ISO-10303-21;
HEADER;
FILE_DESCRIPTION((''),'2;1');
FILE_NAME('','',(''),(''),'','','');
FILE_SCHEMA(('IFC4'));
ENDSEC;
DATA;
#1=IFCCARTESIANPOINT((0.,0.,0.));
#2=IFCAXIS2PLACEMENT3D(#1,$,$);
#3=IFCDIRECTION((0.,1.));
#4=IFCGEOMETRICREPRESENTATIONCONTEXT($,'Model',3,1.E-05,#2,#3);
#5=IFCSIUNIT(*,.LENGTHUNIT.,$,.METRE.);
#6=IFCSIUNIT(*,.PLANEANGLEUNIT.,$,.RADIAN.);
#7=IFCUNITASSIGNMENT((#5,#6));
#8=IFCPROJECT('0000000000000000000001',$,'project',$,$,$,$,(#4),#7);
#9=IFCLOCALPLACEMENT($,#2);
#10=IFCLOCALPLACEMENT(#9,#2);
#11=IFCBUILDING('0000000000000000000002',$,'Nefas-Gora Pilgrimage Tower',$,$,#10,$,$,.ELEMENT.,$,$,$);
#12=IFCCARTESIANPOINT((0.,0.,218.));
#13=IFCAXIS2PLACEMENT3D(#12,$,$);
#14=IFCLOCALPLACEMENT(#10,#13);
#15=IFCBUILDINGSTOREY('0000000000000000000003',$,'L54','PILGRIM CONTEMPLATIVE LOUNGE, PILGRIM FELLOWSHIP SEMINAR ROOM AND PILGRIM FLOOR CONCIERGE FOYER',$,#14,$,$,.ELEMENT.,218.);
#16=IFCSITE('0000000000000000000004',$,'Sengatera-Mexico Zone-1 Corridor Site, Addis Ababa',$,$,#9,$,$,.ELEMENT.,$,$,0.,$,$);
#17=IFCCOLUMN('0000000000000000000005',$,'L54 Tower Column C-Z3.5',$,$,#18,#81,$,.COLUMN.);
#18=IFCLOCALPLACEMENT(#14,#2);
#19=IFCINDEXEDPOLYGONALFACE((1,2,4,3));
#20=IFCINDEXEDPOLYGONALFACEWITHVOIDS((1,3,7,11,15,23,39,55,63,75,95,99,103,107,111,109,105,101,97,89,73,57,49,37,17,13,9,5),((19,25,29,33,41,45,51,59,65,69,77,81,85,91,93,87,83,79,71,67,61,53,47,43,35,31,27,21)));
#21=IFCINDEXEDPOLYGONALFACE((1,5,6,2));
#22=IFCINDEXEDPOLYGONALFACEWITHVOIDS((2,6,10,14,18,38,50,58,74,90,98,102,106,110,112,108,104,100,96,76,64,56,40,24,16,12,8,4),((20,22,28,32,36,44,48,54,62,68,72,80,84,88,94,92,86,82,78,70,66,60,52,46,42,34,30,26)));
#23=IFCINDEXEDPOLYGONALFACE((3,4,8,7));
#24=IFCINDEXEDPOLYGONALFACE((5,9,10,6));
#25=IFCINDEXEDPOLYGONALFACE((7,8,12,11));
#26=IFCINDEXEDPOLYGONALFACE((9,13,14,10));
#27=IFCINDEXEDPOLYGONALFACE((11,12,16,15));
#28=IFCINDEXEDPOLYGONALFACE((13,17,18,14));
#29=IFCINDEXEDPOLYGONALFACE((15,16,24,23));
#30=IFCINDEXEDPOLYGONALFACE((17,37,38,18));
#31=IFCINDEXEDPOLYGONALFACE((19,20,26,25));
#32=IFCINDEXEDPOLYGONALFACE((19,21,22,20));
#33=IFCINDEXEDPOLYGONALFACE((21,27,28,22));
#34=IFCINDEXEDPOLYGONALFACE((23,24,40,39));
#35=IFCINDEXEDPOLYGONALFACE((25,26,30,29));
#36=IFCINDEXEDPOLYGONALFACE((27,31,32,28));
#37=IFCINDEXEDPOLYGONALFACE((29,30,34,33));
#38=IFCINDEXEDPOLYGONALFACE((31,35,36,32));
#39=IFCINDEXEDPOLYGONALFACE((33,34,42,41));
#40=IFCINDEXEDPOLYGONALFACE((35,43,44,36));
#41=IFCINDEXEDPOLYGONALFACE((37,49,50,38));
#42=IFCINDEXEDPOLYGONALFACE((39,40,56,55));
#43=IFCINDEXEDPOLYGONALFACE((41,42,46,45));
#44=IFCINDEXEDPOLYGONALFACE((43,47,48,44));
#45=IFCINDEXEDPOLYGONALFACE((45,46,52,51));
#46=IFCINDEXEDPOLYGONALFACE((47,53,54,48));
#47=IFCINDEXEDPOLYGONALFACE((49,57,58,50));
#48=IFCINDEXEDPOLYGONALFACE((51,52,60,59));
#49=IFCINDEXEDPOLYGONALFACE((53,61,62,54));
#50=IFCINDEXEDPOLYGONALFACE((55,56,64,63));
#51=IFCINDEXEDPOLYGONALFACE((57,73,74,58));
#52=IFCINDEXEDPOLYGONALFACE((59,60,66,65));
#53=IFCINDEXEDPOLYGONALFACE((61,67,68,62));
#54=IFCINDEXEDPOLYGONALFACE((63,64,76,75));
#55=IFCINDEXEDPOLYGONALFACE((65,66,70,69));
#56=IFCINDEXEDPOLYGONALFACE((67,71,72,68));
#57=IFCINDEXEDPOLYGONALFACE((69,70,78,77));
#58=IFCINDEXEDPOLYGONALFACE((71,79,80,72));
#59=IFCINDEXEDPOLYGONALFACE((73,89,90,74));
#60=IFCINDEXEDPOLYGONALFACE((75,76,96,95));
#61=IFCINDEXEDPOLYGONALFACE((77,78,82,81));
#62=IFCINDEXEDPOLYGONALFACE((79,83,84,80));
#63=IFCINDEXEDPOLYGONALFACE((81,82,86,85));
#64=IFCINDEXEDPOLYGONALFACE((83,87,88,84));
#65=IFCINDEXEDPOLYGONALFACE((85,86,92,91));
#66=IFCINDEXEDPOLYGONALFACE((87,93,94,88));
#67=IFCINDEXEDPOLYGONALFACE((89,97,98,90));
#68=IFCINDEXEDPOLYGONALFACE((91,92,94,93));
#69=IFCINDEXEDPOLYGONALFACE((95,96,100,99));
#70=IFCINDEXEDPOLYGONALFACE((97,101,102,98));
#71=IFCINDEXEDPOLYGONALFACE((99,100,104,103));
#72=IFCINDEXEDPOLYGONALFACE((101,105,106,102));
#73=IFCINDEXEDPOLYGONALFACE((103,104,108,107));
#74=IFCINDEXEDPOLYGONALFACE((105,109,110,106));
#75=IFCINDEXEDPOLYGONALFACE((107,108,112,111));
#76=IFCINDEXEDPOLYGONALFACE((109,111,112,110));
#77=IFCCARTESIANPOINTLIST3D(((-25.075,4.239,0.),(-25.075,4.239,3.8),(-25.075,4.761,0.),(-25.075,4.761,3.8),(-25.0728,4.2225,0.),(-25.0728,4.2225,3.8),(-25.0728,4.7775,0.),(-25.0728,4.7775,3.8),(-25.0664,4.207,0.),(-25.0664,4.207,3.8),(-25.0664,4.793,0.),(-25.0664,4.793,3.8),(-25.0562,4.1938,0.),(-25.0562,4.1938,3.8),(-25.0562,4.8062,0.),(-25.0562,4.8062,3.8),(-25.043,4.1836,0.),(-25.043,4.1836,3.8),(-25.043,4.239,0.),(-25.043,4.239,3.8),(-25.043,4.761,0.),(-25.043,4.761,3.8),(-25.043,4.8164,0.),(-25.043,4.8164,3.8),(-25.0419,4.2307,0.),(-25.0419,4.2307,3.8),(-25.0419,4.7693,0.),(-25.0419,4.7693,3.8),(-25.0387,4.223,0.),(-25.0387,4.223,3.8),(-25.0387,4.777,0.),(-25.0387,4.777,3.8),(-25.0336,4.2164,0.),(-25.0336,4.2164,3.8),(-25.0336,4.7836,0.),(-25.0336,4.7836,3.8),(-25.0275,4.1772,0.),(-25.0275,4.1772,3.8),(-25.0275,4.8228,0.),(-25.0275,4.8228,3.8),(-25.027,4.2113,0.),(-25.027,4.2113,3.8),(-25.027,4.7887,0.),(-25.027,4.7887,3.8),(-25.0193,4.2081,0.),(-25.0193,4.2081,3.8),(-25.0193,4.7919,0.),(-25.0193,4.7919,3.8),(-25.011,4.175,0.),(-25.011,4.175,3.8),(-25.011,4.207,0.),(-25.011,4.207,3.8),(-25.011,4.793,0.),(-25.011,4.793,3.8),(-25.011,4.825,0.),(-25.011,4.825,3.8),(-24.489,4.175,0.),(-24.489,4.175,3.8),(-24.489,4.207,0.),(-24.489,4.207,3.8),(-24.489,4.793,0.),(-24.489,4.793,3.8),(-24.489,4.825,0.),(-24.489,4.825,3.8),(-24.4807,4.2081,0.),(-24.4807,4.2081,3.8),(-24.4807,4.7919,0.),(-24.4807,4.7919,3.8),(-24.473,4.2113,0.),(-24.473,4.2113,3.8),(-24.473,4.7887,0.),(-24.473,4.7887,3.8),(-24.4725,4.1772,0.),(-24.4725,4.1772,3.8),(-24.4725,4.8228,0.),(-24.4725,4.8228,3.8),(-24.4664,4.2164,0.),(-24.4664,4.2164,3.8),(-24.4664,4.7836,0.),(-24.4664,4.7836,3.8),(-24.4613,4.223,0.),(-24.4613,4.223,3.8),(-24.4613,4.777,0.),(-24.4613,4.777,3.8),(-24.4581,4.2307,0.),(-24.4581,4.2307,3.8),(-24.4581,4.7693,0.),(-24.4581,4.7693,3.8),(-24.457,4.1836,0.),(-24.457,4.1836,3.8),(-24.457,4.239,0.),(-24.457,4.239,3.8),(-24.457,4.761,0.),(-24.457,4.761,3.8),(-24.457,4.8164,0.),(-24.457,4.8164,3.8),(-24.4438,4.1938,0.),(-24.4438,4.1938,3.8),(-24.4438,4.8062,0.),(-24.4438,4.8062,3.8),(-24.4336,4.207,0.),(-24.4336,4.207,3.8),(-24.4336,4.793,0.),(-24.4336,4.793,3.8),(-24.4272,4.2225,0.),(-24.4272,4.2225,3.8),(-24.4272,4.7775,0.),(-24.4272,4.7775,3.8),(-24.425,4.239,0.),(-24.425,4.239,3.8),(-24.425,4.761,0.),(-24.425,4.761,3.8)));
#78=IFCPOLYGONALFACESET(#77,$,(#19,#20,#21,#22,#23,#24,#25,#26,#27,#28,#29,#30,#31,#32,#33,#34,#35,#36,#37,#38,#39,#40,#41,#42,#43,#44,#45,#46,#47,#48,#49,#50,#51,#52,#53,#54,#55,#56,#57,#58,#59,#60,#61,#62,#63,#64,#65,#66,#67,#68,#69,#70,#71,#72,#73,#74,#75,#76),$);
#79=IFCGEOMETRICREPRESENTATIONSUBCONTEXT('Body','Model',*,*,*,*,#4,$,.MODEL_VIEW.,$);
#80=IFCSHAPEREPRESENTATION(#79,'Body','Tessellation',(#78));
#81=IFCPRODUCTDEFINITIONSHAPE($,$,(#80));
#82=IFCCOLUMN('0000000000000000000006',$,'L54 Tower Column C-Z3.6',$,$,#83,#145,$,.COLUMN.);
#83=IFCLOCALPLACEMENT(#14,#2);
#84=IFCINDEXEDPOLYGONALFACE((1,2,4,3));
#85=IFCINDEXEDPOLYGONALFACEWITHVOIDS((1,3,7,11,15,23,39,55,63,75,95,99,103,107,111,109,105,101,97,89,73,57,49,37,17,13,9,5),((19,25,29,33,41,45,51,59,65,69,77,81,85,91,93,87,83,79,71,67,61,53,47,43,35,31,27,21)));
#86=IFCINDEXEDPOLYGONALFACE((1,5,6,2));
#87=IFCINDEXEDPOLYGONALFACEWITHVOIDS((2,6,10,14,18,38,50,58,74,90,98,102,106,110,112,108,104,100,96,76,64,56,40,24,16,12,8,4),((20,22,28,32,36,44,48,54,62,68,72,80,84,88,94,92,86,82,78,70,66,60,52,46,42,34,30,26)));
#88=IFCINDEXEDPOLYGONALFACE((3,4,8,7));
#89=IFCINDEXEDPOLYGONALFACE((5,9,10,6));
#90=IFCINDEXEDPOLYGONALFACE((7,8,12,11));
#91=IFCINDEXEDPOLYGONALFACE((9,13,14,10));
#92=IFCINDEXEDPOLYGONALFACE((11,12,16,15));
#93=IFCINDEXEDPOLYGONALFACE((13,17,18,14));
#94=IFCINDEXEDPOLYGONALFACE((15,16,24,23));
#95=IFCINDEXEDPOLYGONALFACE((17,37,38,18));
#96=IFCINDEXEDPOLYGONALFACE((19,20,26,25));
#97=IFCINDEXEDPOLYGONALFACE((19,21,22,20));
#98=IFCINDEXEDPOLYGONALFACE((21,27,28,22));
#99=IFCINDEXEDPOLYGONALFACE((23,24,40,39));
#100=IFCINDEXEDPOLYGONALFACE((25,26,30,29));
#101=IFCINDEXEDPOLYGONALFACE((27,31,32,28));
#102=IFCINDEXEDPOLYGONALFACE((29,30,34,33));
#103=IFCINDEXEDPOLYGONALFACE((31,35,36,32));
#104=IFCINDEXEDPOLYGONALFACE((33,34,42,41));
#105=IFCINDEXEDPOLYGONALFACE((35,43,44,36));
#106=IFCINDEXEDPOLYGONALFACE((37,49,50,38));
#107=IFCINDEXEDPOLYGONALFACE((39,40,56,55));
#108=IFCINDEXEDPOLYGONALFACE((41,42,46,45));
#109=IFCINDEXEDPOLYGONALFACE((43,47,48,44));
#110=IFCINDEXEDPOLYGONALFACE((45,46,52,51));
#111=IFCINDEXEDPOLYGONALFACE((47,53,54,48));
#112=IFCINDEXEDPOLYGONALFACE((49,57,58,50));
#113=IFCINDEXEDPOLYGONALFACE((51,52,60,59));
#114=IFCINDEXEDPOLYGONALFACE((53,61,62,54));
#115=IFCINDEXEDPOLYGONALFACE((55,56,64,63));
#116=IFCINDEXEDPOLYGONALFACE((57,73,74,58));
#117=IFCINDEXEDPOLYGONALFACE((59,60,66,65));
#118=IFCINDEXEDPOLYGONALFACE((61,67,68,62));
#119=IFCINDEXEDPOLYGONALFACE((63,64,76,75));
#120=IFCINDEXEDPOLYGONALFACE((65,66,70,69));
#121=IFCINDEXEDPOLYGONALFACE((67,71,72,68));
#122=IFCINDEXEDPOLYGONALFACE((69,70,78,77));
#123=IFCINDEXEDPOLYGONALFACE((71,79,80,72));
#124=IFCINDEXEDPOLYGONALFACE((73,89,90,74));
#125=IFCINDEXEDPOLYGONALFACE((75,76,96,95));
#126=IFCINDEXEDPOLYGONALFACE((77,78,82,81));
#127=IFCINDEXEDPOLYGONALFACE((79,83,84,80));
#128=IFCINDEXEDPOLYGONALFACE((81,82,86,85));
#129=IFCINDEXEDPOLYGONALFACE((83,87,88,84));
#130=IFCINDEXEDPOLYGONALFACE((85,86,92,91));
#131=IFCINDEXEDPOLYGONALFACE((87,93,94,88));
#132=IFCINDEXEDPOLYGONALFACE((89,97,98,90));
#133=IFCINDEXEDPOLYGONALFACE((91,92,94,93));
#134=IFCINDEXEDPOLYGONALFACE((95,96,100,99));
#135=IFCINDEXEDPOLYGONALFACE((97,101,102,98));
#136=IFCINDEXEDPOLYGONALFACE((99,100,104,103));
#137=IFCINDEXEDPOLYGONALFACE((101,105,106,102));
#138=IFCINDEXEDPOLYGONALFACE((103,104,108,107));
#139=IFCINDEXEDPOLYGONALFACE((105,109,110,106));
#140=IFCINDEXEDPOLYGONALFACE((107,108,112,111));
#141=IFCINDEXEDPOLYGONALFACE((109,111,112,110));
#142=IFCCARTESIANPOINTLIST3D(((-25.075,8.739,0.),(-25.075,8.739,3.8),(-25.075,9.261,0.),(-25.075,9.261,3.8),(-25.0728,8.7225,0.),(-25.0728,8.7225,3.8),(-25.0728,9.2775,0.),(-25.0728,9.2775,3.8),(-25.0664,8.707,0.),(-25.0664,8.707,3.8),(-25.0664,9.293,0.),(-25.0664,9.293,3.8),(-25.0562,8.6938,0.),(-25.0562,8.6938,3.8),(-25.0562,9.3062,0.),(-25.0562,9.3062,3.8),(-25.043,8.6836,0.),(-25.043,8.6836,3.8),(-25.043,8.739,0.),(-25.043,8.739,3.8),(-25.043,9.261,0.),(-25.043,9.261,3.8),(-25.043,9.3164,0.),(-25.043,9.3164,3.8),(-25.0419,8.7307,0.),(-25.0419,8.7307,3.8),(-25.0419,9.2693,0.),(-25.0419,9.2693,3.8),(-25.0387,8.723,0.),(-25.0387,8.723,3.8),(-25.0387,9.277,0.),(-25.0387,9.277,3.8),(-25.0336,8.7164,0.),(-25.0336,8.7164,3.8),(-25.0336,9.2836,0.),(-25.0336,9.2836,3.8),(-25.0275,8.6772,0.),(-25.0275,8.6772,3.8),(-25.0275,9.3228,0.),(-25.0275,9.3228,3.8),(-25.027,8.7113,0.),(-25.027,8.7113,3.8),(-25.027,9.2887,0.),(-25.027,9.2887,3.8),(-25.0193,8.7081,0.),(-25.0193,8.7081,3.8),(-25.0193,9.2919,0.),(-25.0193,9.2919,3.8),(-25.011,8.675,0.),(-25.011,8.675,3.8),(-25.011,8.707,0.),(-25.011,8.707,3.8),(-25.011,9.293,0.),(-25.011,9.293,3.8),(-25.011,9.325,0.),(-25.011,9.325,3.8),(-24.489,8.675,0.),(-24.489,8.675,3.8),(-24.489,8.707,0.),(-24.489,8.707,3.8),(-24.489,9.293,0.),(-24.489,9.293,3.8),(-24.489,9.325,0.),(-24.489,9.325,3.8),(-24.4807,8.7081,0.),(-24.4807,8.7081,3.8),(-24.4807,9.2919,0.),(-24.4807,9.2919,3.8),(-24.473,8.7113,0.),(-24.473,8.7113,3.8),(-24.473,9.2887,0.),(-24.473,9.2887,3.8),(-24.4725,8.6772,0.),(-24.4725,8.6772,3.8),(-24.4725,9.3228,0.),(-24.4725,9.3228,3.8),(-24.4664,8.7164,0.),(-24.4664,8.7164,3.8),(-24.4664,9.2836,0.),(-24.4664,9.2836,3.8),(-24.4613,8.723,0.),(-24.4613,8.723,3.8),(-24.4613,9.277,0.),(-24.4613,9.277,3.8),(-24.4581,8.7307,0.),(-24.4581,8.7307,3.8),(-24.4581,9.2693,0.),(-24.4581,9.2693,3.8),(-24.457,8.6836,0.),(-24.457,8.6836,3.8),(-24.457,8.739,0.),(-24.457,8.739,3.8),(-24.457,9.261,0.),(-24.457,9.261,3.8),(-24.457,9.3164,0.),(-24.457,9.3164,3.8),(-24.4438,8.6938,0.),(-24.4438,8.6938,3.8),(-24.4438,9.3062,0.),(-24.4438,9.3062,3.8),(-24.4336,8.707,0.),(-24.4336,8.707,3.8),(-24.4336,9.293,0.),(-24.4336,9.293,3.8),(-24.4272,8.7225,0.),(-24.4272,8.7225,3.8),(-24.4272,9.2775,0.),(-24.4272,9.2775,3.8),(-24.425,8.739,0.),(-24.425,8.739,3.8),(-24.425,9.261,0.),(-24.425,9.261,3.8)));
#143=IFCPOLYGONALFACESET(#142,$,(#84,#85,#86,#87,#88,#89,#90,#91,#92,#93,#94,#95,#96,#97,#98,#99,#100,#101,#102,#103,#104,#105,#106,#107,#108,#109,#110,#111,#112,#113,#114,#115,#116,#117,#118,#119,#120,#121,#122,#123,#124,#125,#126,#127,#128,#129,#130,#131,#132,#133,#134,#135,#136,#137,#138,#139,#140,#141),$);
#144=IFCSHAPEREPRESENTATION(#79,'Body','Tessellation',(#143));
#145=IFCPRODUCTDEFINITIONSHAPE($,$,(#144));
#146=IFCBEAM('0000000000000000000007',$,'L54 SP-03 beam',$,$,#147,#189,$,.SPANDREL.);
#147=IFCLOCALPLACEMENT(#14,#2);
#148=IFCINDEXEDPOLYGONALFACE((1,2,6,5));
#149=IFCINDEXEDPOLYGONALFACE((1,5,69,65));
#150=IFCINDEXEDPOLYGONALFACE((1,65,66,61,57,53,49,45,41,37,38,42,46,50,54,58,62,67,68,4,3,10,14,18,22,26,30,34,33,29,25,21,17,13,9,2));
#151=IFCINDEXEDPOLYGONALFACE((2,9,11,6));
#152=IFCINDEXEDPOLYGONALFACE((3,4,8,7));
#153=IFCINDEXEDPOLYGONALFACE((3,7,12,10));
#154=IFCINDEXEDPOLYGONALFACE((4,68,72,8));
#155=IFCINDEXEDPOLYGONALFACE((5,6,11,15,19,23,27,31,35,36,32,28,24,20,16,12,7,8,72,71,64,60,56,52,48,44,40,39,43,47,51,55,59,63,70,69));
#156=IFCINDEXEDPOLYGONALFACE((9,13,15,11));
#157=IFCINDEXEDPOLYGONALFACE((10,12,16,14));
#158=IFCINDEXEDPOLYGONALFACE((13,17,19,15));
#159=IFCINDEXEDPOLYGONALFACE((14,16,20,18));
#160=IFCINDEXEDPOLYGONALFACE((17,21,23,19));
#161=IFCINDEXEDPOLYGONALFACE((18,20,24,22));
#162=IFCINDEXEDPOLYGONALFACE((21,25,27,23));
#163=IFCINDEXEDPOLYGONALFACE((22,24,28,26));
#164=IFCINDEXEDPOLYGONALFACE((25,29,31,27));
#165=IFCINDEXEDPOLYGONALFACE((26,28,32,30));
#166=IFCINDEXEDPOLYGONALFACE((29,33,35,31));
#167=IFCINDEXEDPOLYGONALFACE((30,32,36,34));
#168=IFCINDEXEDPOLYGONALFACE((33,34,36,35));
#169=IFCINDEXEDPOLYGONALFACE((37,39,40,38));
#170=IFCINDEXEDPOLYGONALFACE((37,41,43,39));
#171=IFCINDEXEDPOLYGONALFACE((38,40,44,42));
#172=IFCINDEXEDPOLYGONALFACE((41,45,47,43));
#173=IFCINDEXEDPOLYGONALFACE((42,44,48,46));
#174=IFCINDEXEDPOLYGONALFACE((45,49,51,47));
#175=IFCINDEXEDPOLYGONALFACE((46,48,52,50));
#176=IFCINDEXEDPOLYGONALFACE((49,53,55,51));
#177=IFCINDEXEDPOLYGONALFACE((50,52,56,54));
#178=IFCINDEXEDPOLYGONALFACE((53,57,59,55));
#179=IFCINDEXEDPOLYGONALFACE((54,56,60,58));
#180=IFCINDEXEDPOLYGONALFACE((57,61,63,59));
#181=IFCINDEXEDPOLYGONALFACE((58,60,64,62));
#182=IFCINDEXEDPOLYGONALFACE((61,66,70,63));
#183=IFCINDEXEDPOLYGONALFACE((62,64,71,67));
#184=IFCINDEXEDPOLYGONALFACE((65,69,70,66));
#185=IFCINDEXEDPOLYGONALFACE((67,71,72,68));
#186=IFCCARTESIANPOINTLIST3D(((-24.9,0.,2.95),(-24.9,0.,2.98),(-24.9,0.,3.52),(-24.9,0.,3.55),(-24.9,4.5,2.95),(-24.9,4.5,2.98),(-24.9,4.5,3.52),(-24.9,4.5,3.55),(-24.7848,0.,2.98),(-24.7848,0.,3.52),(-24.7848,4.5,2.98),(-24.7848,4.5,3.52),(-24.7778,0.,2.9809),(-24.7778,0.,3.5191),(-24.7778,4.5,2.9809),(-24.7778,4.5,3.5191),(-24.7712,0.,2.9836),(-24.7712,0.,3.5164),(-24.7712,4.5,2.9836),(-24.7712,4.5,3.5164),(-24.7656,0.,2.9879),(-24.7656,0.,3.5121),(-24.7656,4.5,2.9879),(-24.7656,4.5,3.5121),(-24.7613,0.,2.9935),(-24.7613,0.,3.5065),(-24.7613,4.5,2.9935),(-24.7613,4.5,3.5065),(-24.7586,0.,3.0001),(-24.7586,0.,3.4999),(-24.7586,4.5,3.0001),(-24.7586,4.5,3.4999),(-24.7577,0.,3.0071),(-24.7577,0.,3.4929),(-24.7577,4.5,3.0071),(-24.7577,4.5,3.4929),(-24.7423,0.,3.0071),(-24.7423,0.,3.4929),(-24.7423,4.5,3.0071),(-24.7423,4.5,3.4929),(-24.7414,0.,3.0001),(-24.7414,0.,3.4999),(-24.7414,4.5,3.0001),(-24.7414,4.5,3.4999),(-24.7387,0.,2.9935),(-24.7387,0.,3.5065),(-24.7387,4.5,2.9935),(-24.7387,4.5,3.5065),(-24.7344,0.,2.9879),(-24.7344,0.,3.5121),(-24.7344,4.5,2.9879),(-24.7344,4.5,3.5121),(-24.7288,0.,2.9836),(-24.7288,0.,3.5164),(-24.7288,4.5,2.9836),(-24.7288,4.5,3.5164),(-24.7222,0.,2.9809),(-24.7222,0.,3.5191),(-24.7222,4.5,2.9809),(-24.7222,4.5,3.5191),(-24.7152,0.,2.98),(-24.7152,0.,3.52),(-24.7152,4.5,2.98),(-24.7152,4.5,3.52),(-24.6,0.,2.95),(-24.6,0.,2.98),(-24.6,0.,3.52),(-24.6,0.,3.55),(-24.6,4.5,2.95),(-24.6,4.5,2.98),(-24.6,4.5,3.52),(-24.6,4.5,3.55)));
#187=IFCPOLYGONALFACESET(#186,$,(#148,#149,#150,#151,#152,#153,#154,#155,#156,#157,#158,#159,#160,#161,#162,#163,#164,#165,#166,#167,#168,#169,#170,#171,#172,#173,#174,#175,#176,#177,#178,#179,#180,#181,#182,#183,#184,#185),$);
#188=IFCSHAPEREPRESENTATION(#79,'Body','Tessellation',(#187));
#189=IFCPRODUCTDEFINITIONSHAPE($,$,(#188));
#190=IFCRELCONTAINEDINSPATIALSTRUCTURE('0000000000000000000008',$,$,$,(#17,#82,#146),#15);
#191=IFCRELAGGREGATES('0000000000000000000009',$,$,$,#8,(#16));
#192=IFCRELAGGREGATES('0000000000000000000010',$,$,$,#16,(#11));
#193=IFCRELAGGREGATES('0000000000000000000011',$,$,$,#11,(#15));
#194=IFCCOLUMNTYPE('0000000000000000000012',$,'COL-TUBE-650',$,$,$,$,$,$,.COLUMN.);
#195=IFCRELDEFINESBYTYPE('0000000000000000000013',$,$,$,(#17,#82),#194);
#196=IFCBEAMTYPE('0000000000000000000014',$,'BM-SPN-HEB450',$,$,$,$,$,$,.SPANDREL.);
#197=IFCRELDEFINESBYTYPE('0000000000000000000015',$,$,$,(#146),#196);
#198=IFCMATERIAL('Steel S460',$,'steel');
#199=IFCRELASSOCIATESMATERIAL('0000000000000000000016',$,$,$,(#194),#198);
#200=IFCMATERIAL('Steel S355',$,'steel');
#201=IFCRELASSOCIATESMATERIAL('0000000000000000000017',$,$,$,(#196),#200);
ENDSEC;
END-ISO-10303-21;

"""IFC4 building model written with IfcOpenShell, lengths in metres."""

from ifc_helpers import new_model, si_unit, direction, frame, origin, origin_2d, place, context, subcontext, project, spatial, hollow_rectangle, i_section, extrude, source, transform, mapped, material, material_profile, profile_set, type_object, element, save


model = new_model("IFC4")

# Units and contexts
model_context = context("Model", 3, precision=1e-05, world=origin(), true_north=direction((0.0, 1.0)))
body_context = subcontext(model_context, "Body", "Model", "MODEL_VIEW")
ifc_project = project(units=[si_unit("LENGTHUNIT", "METRE"), si_unit("PLANEANGLEUNIT", "RADIAN")], contexts=[model_context])

# Site, building, storey
site_placement = place(None, origin())
site = spatial("IfcSite", under=ifc_project, at=site_placement, Name="Sengatera-Mexico Zone-1 Corridor Site, Addis Ababa", CompositionType="ELEMENT", RefElevation=0.0)
building_placement = place(site_placement, origin())
building = spatial("IfcBuilding", under=site, at=building_placement, Name="Nefas-Gora Pilgrimage Tower", CompositionType="ELEMENT")
storey_placement = place(building_placement, frame((0.0, 0.0, 218.0)))
storey = spatial("IfcBuildingStorey", under=building, at=storey_placement, Name="L54", Description="PILGRIM CONTEMPLATIVE LOUNGE, PILGRIM FELLOWSHIP SEMINAR ROOM AND PILGRIM FLOOR CONCIERGE FOYER", CompositionType="ELEMENT", Elevation=218.0)

# Columns
ifc_material_1 = material(Name="Steel S460", Category="steel")
ifc_material_profile_1 = material_profile(ifc_material_1, hollow_rectangle(XDim=0.6499, YDim=0.6499, WallThickness=0.032, InnerFilletRadius=0.032, OuterFilletRadius=0.064, at=origin_2d()), Name="BOX 650x650x32")
ifc_profile_set_1 = profile_set([ifc_material_profile_1], Name="Steel S460")
column_type_1 = type_object("IfcColumnType", Name="COL-TUBE-650", PredefinedType="COLUMN", material=ifc_profile_set_1)
shared_shape_1 = source(origin(), body_context, "Body", "SweptSolid", [
    extrude(hollow_rectangle(XDim=0.6499, YDim=0.6499, WallThickness=0.032, InnerFilletRadius=0.032, OuterFilletRadius=0.064, at=origin_2d()), origin(), (0.0, 0.0, 1.0), 3.8),
])
for number, where, z_axis, x_axis, name in (
    (1, (-24.75, 4.5, 0.0), (0.0, 0.0, 1.0), (1.0, 0.0, 0.0), "L54 Tower Column C-Z3.5"),
    (2, (-24.75, 9.0, 0.0), (0.0, 0.0, 1.0), (1.0, 0.0, 0.0), "L54 Tower Column C-Z3.6"),
):
    element("IfcColumn", number, at=place(storey_placement, frame(where, z_axis=z_axis, x_axis=x_axis)), inside=storey, type_object=column_type_1, Name=name, PredefinedType="COLUMN", context=body_context, shape_type="MappedRepresentation", body=[
        mapped(shared_shape_1, transform((0.0, 0.0, 0.0), x_axis=(1.0, 0.0, 0.0), y_axis=(0.0, 1.0, 0.0), z_axis=(0.0, 0.0, 1.0), scale=1.0)),
    ])

# Beam
ifc_material_2 = material(Name="Steel S355", Category="steel")
ifc_material_profile_2 = material_profile(ifc_material_2, i_section(OverallWidth=0.3, OverallDepth=0.6001, WebThickness=0.0154, FlangeThickness=0.03, FilletRadius=0.0271, at=origin_2d()), Name="HEB 600")
ifc_profile_set_2 = profile_set([ifc_material_profile_2], Name="Steel S355")
beam_type_1 = type_object("IfcBeamType", Name="BM-SPN-HEB450", PredefinedType="SPANDREL", material=ifc_profile_set_2)
shared_shape_2 = source(origin(), body_context, "Body", "SweptSolid", [
    extrude(i_section(OverallWidth=0.3, OverallDepth=0.6001, WebThickness=0.0154, FlangeThickness=0.03, FilletRadius=0.0271, at=origin_2d()), origin(), (0.0, 0.0, 1.0), 4.5),
])
for number, where, z_axis, x_axis, name in (
    (3, (-24.75, 0.0, 3.25), (0.0, 1.0, 0.0), (-1.0, 0.0, 0.0), "L54 SP-03 beam"),
):
    element("IfcBeam", number, at=place(storey_placement, frame(where, z_axis=z_axis, x_axis=x_axis)), inside=storey, type_object=beam_type_1, Name=name, PredefinedType="SPANDREL", context=body_context, shape_type="MappedRepresentation", body=[
        mapped(shared_shape_2, transform((0.0, 0.0, 0.0), x_axis=(1.0, 0.0, 0.0), y_axis=(0.0, 1.0, 0.0), z_axis=(0.0, 0.0, 1.0), scale=1.0)),
    ])

save(model, "model.ifc")
